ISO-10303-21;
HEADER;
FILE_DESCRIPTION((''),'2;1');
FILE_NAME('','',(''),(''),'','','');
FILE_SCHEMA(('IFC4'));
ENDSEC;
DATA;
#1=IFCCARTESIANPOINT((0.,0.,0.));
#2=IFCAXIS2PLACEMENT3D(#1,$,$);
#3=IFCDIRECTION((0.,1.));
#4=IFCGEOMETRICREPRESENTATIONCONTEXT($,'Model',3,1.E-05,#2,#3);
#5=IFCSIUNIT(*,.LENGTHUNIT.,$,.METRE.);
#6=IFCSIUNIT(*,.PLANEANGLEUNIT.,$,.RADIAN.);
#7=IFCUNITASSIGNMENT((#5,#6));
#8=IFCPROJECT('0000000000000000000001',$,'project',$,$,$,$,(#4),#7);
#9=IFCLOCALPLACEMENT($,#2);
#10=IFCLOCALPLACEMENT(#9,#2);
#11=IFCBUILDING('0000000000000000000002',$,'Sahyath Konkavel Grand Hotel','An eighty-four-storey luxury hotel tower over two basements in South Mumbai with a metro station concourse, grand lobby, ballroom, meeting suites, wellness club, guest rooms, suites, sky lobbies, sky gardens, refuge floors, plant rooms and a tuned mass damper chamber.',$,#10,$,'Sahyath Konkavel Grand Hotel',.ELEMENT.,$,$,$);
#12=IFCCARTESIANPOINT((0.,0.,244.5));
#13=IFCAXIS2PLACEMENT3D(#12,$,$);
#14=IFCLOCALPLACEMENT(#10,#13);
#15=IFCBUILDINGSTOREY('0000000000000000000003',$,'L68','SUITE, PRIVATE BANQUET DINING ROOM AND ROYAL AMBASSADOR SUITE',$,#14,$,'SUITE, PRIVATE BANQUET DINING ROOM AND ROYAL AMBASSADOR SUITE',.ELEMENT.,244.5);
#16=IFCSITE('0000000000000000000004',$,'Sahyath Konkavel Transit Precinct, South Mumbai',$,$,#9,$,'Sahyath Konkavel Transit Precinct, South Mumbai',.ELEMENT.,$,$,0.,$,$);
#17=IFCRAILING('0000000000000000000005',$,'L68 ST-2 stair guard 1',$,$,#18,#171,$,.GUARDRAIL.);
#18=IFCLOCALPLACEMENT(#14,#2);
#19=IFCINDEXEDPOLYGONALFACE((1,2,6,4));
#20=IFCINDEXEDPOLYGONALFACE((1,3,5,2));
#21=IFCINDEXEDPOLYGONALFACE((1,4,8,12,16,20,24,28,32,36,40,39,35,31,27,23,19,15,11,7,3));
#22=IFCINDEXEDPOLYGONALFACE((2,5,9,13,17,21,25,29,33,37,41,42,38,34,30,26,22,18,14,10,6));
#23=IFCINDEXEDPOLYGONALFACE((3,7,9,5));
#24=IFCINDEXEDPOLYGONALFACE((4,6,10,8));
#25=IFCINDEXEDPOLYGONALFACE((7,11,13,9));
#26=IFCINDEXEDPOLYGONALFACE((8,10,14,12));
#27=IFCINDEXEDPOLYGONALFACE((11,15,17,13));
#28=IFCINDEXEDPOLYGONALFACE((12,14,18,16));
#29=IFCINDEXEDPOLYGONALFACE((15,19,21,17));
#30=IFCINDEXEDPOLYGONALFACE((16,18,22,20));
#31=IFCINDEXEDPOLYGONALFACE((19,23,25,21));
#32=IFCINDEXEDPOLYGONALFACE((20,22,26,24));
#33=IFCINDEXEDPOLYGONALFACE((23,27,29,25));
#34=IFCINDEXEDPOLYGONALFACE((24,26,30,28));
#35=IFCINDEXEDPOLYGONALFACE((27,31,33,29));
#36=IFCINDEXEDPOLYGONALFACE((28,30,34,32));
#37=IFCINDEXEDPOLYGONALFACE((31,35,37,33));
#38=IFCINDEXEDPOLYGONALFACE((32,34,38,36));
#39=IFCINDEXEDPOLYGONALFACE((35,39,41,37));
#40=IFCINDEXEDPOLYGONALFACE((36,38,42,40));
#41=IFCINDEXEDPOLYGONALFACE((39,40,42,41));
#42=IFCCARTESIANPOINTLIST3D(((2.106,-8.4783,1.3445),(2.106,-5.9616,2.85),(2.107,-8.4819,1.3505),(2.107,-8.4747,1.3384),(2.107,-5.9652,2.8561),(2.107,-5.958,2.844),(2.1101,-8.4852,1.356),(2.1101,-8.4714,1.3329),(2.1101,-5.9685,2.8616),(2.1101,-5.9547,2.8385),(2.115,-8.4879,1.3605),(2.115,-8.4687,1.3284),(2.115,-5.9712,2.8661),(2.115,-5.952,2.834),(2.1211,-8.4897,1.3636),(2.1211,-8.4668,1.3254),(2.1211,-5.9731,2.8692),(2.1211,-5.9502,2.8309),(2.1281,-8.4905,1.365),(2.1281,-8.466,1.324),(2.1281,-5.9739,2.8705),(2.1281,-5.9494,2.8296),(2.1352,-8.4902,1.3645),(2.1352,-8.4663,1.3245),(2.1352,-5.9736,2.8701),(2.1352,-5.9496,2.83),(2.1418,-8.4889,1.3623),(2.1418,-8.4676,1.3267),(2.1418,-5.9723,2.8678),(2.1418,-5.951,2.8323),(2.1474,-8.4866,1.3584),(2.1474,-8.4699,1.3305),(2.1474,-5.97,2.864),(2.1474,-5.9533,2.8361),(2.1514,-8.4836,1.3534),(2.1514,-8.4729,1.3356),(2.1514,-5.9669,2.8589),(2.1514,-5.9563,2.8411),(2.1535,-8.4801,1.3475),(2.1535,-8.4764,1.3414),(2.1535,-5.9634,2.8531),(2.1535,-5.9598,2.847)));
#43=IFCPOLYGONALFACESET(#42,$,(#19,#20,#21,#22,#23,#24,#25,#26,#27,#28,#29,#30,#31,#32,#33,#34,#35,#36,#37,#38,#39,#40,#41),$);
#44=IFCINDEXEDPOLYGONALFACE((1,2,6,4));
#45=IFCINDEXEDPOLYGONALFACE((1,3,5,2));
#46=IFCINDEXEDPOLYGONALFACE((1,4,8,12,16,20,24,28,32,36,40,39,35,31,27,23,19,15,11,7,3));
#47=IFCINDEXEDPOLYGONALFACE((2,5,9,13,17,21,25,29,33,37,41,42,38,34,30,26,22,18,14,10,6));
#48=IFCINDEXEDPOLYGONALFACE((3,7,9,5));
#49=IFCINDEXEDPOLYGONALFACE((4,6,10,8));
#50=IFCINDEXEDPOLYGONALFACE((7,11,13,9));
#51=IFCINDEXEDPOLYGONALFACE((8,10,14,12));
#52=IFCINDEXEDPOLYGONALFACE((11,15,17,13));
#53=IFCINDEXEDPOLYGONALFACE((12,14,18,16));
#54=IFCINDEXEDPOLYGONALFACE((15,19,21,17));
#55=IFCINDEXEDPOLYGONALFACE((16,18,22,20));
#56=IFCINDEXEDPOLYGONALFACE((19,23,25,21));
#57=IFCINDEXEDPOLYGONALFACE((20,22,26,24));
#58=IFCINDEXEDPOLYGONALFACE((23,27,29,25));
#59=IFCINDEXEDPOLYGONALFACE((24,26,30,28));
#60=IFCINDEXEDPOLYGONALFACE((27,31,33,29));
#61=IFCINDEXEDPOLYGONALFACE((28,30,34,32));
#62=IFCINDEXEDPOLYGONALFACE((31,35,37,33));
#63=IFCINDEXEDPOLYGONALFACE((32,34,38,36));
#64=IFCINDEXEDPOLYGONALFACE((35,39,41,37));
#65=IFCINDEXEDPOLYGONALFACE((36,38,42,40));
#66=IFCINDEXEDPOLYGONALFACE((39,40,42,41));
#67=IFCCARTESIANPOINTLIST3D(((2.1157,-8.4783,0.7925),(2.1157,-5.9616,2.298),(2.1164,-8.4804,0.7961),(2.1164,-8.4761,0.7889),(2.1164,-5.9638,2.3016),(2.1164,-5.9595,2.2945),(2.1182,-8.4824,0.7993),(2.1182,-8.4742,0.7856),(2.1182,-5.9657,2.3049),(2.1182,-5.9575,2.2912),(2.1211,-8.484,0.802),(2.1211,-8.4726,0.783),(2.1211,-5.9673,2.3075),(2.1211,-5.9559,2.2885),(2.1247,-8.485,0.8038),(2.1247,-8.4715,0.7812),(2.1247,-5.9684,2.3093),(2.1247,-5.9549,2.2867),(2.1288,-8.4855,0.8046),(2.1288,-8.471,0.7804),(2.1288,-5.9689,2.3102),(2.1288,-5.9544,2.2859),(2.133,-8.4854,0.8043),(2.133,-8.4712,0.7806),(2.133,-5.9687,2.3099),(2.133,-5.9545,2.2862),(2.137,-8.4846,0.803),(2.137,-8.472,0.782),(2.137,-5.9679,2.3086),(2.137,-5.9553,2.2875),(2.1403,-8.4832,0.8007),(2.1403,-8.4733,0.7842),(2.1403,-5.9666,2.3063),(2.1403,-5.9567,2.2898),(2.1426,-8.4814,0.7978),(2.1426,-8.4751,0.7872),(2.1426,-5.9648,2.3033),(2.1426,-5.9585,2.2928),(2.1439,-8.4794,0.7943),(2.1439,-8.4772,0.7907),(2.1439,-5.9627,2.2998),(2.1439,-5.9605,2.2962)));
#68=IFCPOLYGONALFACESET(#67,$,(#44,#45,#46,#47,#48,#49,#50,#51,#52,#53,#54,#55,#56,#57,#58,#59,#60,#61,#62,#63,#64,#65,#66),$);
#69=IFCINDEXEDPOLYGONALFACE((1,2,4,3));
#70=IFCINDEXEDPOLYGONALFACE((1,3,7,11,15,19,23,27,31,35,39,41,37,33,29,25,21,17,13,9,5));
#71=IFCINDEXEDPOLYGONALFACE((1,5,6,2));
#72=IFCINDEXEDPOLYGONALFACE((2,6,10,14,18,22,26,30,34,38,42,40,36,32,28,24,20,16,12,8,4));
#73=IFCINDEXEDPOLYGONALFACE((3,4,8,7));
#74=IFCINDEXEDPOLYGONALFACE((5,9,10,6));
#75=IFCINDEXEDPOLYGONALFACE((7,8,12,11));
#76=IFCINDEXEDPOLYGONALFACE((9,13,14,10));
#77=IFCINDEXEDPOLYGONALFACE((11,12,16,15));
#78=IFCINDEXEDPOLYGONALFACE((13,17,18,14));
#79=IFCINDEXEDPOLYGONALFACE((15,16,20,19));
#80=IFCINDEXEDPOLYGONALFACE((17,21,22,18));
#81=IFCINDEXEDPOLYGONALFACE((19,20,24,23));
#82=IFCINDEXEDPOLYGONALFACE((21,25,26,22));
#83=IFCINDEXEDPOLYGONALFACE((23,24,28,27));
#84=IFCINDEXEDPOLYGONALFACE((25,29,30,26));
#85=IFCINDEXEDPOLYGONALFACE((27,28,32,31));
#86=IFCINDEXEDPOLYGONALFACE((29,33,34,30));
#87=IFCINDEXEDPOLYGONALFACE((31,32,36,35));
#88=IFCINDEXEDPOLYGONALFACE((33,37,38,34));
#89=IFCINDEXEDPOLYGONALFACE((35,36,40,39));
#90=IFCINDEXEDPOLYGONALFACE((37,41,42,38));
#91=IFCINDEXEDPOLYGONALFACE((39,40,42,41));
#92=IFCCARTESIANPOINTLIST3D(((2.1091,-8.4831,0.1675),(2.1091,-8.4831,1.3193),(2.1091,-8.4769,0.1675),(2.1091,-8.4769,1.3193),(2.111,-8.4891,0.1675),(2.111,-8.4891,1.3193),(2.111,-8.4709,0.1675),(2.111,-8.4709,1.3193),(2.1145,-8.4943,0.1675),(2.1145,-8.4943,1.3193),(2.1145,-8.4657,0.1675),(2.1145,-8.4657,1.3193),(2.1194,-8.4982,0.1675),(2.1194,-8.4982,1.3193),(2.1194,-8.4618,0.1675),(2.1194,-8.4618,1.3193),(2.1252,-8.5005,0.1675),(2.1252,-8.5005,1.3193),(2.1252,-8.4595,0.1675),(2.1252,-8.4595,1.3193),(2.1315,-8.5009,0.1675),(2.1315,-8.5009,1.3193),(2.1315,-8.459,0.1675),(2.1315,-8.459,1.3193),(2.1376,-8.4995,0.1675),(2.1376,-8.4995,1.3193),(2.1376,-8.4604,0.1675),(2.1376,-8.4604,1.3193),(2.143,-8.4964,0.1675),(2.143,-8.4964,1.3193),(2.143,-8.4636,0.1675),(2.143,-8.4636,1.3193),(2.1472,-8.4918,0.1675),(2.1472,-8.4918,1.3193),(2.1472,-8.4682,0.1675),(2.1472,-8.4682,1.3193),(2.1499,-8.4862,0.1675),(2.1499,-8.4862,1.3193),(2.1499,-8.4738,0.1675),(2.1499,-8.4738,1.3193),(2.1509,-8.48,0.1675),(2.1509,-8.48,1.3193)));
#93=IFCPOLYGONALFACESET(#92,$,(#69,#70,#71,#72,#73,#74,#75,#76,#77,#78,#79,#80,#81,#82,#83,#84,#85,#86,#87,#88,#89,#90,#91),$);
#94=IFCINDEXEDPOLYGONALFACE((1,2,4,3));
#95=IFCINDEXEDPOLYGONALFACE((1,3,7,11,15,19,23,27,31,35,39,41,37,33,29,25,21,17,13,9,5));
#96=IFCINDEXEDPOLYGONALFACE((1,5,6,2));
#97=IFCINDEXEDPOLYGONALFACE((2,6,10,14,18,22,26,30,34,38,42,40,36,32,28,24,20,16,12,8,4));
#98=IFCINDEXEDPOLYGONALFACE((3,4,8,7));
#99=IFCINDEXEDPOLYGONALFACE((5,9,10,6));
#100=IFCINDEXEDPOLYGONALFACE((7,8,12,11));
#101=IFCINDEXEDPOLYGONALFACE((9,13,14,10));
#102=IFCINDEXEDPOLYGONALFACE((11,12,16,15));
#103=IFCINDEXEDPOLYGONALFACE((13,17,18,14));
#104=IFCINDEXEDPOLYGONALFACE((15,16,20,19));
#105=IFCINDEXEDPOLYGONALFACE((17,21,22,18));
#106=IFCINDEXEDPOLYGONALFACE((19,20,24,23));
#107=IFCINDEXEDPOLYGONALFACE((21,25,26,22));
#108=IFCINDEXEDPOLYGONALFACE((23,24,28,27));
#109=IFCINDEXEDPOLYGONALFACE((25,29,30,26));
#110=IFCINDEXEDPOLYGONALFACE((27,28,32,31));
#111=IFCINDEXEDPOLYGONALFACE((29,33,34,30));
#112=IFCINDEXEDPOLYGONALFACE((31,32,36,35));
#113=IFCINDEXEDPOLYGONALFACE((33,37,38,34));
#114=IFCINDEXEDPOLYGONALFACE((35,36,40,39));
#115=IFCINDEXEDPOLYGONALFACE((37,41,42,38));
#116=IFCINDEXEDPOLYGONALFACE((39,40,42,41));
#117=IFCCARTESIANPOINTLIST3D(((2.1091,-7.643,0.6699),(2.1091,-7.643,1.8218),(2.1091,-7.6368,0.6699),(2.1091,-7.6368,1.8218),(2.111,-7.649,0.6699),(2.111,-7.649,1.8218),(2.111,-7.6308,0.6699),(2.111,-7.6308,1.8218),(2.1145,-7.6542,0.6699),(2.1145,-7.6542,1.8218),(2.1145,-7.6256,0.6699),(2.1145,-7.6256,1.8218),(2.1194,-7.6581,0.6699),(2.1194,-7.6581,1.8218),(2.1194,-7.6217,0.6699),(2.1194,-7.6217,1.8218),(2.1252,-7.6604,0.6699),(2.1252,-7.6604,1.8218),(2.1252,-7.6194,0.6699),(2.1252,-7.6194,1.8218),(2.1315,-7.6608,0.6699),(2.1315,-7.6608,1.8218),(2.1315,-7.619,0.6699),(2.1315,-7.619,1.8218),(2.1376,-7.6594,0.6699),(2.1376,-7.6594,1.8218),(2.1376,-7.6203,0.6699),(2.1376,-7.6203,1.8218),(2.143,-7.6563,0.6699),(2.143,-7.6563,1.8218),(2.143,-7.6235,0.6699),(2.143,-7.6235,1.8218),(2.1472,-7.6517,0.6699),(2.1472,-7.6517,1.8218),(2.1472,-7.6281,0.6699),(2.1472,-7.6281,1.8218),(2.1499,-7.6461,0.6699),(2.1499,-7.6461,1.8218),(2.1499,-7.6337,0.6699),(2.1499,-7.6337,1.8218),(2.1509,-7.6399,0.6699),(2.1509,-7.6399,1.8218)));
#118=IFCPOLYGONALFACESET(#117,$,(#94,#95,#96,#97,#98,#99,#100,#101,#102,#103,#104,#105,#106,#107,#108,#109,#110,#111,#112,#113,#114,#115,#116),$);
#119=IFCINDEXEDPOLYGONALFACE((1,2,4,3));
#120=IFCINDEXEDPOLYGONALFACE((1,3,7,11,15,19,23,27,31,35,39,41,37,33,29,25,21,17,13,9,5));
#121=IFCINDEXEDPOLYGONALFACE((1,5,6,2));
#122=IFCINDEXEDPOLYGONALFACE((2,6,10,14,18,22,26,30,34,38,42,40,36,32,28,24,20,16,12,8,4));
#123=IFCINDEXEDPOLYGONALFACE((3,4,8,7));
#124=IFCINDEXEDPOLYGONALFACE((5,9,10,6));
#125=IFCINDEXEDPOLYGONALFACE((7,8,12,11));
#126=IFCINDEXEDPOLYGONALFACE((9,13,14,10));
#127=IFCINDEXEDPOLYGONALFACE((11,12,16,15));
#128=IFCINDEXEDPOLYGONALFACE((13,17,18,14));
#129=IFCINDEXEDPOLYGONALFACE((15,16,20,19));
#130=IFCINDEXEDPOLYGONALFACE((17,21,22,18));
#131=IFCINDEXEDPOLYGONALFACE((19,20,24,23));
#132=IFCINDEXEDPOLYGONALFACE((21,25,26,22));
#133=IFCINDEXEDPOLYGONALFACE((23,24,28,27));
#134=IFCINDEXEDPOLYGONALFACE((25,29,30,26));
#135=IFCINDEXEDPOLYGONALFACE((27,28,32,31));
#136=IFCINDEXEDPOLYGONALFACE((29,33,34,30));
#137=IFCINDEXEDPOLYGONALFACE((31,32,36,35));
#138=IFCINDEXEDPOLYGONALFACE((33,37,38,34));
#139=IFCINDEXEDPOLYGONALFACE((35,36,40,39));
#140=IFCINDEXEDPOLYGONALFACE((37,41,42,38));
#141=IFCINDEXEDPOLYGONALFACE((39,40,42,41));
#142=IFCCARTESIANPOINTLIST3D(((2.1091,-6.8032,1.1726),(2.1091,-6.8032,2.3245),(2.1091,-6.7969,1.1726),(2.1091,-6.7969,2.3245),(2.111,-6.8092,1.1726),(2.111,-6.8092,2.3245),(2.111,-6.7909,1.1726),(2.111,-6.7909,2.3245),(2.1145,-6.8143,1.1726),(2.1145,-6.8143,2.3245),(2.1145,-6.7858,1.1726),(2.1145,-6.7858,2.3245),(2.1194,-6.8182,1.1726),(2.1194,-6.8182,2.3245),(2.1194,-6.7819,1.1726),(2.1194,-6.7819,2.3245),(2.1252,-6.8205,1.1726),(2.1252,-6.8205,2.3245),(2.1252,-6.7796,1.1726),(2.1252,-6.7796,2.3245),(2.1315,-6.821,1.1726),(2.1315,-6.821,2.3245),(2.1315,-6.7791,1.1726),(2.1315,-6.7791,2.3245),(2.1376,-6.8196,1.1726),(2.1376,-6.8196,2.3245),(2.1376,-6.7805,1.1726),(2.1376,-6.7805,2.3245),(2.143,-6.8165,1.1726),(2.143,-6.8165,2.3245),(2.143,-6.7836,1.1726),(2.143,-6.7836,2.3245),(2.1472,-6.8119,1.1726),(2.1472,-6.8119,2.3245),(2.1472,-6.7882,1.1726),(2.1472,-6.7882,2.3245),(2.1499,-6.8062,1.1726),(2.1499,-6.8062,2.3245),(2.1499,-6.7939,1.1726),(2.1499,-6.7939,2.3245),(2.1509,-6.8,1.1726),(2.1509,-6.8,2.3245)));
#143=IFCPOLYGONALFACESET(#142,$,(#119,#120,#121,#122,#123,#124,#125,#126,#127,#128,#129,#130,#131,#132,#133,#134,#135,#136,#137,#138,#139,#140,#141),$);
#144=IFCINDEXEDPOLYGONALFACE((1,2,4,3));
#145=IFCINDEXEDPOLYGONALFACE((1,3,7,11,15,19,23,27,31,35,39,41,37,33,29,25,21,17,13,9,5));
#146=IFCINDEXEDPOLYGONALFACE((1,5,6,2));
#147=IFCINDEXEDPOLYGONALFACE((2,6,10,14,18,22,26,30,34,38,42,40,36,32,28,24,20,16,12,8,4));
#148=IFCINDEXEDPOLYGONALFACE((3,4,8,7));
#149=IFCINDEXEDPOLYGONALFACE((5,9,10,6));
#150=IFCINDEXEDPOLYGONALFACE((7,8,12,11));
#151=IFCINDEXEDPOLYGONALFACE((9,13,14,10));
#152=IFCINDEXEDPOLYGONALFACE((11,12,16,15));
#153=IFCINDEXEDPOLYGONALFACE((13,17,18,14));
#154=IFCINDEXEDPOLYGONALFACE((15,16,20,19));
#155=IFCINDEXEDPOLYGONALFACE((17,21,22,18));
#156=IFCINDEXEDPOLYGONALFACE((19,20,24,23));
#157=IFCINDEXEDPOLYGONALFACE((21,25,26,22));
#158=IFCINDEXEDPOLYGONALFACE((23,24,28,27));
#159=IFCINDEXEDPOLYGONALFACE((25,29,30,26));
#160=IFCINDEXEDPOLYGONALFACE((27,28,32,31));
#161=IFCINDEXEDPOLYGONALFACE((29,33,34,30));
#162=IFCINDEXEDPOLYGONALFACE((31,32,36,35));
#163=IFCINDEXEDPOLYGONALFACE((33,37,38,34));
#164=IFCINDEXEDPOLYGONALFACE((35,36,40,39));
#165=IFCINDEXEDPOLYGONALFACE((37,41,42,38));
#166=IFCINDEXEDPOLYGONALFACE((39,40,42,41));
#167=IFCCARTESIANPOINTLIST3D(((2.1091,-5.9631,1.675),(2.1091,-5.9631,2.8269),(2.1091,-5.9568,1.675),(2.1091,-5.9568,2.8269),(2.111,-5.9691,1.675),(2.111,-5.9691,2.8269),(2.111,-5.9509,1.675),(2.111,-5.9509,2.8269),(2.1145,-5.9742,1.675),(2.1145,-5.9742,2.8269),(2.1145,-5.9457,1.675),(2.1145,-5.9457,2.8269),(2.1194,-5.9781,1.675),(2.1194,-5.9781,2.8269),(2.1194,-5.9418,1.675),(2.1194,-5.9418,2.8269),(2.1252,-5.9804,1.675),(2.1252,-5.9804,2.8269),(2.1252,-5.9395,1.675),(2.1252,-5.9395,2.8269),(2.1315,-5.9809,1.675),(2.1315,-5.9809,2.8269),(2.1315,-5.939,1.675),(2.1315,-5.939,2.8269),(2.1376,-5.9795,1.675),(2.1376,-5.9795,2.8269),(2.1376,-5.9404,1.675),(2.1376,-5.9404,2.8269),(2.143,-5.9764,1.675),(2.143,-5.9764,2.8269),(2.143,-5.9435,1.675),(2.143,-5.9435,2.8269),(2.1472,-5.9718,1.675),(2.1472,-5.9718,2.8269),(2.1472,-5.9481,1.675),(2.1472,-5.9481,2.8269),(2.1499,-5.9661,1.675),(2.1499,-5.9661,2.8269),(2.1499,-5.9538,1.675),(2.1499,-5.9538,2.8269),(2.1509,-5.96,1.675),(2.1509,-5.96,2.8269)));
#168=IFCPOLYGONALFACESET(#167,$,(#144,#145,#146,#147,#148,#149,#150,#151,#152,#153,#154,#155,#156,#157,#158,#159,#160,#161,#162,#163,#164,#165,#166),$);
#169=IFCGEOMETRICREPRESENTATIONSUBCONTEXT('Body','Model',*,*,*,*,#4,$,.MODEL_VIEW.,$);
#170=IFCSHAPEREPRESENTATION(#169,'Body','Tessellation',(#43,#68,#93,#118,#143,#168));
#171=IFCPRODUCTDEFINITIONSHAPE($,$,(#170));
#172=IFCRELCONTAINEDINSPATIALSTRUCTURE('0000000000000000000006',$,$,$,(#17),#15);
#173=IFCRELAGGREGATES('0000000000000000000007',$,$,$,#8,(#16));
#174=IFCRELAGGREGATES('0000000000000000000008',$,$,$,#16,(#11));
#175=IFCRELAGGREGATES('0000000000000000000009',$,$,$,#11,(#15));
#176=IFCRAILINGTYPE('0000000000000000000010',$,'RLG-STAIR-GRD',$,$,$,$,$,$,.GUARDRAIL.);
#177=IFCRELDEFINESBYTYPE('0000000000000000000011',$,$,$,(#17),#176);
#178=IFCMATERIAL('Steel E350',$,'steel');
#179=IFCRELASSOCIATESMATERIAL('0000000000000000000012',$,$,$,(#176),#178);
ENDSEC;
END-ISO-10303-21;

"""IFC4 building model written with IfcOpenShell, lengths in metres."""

from ifc_helpers import new_model, si_unit, direction, frame, origin, origin_2d, place, context, subcontext, project, spatial, circle, extrude, material, type_object, element, save


model = new_model("IFC4")

# Units and contexts
model_context = context("Model", 3, precision=1e-05, world=origin(), true_north=direction((0.0, 1.0)))
body_context = subcontext(model_context, "Body", "Model", "MODEL_VIEW")
ifc_project = project(units=[si_unit("LENGTHUNIT", "METRE"), si_unit("PLANEANGLEUNIT", "RADIAN")], contexts=[model_context])

# Site, building, storey
site_placement = place(None, origin())
site = spatial("IfcSite", under=ifc_project, at=site_placement, Name="Sahyath Konkavel Transit Precinct, South Mumbai", LongName="Sahyath Konkavel Transit Precinct, South Mumbai", CompositionType="ELEMENT", RefElevation=0.0)
building_placement = place(site_placement, origin())
building = spatial("IfcBuilding", under=site, at=building_placement, Name="Sahyath Konkavel Grand Hotel", Description="An eighty-four-storey luxury hotel tower over two basements in South Mumbai with a metro station concourse, grand lobby, ballroom, meeting suites, wellness club, guest rooms, suites, sky lobbies, sky gardens, refuge floors, plant rooms and a tuned mass damper chamber.", LongName="Sahyath Konkavel Grand Hotel", CompositionType="ELEMENT")
storey_placement = place(building_placement, frame((0.0, 0.0, 244.5)))
storey = spatial("IfcBuildingStorey", under=building, at=storey_placement, Name="L68", Description="SUITE, PRIVATE BANQUET DINING ROOM AND ROYAL AMBASSADOR SUITE", LongName="SUITE, PRIVATE BANQUET DINING ROOM AND ROYAL AMBASSADOR SUITE", CompositionType="ELEMENT", Elevation=244.5)

# Shared definitions
ifc_material_1 = material(Name="Steel E350", Category="steel")

# Railing
railing_type_1 = type_object("IfcRailingType", Name="RLG-STAIR-GRD", PredefinedType="GUARDRAIL", material=ifc_material_1)
railing_1_placement = place(storey_placement, frame((2.1299, -8.48, 0.1675)))
element("IfcRailing", 1, at=railing_1_placement, inside=storey, type_object=railing_type_1, Name="L68 ST-2 stair guard 1", PredefinedType="GUARDRAIL", context=body_context, shape_type="SweptSolid", body=[
    extrude(circle(Radius=0.0239, at=origin_2d()), frame((0.0, 0.0017, 1.177), z_axis=(0.0, 0.85816, 0.513383), x_axis=(-1.0, 0.0, 0.0)), (0.0, 0.0, 1.0), 2.9326),
    extrude(circle(Radius=0.0142, at=origin_2d()), frame((0.0, 0.0017, 0.625), z_axis=(0.0, 0.85816, 0.513383), x_axis=(-1.0, 0.0, 0.0)), (0.0, 0.0, 1.0), 2.9326),
    extrude(circle(Radius=0.021, at=origin_2d()), origin(), (0.0, 0.0, 1.0), 1.1519),
    extrude(circle(Radius=0.021, at=origin_2d()), frame((0.0, 0.8401, 0.5024)), (0.0, 0.0, 1.0), 1.1519),
    extrude(circle(Radius=0.021, at=origin_2d()), frame((0.0, 1.6799, 1.0051)), (0.0, 0.0, 1.0), 1.1519),
    extrude(circle(Radius=0.021, at=origin_2d()), frame((0.0, 2.52, 1.5076)), (0.0, 0.0, 1.0), 1.1519),
])

save(model, "model.ifc")
